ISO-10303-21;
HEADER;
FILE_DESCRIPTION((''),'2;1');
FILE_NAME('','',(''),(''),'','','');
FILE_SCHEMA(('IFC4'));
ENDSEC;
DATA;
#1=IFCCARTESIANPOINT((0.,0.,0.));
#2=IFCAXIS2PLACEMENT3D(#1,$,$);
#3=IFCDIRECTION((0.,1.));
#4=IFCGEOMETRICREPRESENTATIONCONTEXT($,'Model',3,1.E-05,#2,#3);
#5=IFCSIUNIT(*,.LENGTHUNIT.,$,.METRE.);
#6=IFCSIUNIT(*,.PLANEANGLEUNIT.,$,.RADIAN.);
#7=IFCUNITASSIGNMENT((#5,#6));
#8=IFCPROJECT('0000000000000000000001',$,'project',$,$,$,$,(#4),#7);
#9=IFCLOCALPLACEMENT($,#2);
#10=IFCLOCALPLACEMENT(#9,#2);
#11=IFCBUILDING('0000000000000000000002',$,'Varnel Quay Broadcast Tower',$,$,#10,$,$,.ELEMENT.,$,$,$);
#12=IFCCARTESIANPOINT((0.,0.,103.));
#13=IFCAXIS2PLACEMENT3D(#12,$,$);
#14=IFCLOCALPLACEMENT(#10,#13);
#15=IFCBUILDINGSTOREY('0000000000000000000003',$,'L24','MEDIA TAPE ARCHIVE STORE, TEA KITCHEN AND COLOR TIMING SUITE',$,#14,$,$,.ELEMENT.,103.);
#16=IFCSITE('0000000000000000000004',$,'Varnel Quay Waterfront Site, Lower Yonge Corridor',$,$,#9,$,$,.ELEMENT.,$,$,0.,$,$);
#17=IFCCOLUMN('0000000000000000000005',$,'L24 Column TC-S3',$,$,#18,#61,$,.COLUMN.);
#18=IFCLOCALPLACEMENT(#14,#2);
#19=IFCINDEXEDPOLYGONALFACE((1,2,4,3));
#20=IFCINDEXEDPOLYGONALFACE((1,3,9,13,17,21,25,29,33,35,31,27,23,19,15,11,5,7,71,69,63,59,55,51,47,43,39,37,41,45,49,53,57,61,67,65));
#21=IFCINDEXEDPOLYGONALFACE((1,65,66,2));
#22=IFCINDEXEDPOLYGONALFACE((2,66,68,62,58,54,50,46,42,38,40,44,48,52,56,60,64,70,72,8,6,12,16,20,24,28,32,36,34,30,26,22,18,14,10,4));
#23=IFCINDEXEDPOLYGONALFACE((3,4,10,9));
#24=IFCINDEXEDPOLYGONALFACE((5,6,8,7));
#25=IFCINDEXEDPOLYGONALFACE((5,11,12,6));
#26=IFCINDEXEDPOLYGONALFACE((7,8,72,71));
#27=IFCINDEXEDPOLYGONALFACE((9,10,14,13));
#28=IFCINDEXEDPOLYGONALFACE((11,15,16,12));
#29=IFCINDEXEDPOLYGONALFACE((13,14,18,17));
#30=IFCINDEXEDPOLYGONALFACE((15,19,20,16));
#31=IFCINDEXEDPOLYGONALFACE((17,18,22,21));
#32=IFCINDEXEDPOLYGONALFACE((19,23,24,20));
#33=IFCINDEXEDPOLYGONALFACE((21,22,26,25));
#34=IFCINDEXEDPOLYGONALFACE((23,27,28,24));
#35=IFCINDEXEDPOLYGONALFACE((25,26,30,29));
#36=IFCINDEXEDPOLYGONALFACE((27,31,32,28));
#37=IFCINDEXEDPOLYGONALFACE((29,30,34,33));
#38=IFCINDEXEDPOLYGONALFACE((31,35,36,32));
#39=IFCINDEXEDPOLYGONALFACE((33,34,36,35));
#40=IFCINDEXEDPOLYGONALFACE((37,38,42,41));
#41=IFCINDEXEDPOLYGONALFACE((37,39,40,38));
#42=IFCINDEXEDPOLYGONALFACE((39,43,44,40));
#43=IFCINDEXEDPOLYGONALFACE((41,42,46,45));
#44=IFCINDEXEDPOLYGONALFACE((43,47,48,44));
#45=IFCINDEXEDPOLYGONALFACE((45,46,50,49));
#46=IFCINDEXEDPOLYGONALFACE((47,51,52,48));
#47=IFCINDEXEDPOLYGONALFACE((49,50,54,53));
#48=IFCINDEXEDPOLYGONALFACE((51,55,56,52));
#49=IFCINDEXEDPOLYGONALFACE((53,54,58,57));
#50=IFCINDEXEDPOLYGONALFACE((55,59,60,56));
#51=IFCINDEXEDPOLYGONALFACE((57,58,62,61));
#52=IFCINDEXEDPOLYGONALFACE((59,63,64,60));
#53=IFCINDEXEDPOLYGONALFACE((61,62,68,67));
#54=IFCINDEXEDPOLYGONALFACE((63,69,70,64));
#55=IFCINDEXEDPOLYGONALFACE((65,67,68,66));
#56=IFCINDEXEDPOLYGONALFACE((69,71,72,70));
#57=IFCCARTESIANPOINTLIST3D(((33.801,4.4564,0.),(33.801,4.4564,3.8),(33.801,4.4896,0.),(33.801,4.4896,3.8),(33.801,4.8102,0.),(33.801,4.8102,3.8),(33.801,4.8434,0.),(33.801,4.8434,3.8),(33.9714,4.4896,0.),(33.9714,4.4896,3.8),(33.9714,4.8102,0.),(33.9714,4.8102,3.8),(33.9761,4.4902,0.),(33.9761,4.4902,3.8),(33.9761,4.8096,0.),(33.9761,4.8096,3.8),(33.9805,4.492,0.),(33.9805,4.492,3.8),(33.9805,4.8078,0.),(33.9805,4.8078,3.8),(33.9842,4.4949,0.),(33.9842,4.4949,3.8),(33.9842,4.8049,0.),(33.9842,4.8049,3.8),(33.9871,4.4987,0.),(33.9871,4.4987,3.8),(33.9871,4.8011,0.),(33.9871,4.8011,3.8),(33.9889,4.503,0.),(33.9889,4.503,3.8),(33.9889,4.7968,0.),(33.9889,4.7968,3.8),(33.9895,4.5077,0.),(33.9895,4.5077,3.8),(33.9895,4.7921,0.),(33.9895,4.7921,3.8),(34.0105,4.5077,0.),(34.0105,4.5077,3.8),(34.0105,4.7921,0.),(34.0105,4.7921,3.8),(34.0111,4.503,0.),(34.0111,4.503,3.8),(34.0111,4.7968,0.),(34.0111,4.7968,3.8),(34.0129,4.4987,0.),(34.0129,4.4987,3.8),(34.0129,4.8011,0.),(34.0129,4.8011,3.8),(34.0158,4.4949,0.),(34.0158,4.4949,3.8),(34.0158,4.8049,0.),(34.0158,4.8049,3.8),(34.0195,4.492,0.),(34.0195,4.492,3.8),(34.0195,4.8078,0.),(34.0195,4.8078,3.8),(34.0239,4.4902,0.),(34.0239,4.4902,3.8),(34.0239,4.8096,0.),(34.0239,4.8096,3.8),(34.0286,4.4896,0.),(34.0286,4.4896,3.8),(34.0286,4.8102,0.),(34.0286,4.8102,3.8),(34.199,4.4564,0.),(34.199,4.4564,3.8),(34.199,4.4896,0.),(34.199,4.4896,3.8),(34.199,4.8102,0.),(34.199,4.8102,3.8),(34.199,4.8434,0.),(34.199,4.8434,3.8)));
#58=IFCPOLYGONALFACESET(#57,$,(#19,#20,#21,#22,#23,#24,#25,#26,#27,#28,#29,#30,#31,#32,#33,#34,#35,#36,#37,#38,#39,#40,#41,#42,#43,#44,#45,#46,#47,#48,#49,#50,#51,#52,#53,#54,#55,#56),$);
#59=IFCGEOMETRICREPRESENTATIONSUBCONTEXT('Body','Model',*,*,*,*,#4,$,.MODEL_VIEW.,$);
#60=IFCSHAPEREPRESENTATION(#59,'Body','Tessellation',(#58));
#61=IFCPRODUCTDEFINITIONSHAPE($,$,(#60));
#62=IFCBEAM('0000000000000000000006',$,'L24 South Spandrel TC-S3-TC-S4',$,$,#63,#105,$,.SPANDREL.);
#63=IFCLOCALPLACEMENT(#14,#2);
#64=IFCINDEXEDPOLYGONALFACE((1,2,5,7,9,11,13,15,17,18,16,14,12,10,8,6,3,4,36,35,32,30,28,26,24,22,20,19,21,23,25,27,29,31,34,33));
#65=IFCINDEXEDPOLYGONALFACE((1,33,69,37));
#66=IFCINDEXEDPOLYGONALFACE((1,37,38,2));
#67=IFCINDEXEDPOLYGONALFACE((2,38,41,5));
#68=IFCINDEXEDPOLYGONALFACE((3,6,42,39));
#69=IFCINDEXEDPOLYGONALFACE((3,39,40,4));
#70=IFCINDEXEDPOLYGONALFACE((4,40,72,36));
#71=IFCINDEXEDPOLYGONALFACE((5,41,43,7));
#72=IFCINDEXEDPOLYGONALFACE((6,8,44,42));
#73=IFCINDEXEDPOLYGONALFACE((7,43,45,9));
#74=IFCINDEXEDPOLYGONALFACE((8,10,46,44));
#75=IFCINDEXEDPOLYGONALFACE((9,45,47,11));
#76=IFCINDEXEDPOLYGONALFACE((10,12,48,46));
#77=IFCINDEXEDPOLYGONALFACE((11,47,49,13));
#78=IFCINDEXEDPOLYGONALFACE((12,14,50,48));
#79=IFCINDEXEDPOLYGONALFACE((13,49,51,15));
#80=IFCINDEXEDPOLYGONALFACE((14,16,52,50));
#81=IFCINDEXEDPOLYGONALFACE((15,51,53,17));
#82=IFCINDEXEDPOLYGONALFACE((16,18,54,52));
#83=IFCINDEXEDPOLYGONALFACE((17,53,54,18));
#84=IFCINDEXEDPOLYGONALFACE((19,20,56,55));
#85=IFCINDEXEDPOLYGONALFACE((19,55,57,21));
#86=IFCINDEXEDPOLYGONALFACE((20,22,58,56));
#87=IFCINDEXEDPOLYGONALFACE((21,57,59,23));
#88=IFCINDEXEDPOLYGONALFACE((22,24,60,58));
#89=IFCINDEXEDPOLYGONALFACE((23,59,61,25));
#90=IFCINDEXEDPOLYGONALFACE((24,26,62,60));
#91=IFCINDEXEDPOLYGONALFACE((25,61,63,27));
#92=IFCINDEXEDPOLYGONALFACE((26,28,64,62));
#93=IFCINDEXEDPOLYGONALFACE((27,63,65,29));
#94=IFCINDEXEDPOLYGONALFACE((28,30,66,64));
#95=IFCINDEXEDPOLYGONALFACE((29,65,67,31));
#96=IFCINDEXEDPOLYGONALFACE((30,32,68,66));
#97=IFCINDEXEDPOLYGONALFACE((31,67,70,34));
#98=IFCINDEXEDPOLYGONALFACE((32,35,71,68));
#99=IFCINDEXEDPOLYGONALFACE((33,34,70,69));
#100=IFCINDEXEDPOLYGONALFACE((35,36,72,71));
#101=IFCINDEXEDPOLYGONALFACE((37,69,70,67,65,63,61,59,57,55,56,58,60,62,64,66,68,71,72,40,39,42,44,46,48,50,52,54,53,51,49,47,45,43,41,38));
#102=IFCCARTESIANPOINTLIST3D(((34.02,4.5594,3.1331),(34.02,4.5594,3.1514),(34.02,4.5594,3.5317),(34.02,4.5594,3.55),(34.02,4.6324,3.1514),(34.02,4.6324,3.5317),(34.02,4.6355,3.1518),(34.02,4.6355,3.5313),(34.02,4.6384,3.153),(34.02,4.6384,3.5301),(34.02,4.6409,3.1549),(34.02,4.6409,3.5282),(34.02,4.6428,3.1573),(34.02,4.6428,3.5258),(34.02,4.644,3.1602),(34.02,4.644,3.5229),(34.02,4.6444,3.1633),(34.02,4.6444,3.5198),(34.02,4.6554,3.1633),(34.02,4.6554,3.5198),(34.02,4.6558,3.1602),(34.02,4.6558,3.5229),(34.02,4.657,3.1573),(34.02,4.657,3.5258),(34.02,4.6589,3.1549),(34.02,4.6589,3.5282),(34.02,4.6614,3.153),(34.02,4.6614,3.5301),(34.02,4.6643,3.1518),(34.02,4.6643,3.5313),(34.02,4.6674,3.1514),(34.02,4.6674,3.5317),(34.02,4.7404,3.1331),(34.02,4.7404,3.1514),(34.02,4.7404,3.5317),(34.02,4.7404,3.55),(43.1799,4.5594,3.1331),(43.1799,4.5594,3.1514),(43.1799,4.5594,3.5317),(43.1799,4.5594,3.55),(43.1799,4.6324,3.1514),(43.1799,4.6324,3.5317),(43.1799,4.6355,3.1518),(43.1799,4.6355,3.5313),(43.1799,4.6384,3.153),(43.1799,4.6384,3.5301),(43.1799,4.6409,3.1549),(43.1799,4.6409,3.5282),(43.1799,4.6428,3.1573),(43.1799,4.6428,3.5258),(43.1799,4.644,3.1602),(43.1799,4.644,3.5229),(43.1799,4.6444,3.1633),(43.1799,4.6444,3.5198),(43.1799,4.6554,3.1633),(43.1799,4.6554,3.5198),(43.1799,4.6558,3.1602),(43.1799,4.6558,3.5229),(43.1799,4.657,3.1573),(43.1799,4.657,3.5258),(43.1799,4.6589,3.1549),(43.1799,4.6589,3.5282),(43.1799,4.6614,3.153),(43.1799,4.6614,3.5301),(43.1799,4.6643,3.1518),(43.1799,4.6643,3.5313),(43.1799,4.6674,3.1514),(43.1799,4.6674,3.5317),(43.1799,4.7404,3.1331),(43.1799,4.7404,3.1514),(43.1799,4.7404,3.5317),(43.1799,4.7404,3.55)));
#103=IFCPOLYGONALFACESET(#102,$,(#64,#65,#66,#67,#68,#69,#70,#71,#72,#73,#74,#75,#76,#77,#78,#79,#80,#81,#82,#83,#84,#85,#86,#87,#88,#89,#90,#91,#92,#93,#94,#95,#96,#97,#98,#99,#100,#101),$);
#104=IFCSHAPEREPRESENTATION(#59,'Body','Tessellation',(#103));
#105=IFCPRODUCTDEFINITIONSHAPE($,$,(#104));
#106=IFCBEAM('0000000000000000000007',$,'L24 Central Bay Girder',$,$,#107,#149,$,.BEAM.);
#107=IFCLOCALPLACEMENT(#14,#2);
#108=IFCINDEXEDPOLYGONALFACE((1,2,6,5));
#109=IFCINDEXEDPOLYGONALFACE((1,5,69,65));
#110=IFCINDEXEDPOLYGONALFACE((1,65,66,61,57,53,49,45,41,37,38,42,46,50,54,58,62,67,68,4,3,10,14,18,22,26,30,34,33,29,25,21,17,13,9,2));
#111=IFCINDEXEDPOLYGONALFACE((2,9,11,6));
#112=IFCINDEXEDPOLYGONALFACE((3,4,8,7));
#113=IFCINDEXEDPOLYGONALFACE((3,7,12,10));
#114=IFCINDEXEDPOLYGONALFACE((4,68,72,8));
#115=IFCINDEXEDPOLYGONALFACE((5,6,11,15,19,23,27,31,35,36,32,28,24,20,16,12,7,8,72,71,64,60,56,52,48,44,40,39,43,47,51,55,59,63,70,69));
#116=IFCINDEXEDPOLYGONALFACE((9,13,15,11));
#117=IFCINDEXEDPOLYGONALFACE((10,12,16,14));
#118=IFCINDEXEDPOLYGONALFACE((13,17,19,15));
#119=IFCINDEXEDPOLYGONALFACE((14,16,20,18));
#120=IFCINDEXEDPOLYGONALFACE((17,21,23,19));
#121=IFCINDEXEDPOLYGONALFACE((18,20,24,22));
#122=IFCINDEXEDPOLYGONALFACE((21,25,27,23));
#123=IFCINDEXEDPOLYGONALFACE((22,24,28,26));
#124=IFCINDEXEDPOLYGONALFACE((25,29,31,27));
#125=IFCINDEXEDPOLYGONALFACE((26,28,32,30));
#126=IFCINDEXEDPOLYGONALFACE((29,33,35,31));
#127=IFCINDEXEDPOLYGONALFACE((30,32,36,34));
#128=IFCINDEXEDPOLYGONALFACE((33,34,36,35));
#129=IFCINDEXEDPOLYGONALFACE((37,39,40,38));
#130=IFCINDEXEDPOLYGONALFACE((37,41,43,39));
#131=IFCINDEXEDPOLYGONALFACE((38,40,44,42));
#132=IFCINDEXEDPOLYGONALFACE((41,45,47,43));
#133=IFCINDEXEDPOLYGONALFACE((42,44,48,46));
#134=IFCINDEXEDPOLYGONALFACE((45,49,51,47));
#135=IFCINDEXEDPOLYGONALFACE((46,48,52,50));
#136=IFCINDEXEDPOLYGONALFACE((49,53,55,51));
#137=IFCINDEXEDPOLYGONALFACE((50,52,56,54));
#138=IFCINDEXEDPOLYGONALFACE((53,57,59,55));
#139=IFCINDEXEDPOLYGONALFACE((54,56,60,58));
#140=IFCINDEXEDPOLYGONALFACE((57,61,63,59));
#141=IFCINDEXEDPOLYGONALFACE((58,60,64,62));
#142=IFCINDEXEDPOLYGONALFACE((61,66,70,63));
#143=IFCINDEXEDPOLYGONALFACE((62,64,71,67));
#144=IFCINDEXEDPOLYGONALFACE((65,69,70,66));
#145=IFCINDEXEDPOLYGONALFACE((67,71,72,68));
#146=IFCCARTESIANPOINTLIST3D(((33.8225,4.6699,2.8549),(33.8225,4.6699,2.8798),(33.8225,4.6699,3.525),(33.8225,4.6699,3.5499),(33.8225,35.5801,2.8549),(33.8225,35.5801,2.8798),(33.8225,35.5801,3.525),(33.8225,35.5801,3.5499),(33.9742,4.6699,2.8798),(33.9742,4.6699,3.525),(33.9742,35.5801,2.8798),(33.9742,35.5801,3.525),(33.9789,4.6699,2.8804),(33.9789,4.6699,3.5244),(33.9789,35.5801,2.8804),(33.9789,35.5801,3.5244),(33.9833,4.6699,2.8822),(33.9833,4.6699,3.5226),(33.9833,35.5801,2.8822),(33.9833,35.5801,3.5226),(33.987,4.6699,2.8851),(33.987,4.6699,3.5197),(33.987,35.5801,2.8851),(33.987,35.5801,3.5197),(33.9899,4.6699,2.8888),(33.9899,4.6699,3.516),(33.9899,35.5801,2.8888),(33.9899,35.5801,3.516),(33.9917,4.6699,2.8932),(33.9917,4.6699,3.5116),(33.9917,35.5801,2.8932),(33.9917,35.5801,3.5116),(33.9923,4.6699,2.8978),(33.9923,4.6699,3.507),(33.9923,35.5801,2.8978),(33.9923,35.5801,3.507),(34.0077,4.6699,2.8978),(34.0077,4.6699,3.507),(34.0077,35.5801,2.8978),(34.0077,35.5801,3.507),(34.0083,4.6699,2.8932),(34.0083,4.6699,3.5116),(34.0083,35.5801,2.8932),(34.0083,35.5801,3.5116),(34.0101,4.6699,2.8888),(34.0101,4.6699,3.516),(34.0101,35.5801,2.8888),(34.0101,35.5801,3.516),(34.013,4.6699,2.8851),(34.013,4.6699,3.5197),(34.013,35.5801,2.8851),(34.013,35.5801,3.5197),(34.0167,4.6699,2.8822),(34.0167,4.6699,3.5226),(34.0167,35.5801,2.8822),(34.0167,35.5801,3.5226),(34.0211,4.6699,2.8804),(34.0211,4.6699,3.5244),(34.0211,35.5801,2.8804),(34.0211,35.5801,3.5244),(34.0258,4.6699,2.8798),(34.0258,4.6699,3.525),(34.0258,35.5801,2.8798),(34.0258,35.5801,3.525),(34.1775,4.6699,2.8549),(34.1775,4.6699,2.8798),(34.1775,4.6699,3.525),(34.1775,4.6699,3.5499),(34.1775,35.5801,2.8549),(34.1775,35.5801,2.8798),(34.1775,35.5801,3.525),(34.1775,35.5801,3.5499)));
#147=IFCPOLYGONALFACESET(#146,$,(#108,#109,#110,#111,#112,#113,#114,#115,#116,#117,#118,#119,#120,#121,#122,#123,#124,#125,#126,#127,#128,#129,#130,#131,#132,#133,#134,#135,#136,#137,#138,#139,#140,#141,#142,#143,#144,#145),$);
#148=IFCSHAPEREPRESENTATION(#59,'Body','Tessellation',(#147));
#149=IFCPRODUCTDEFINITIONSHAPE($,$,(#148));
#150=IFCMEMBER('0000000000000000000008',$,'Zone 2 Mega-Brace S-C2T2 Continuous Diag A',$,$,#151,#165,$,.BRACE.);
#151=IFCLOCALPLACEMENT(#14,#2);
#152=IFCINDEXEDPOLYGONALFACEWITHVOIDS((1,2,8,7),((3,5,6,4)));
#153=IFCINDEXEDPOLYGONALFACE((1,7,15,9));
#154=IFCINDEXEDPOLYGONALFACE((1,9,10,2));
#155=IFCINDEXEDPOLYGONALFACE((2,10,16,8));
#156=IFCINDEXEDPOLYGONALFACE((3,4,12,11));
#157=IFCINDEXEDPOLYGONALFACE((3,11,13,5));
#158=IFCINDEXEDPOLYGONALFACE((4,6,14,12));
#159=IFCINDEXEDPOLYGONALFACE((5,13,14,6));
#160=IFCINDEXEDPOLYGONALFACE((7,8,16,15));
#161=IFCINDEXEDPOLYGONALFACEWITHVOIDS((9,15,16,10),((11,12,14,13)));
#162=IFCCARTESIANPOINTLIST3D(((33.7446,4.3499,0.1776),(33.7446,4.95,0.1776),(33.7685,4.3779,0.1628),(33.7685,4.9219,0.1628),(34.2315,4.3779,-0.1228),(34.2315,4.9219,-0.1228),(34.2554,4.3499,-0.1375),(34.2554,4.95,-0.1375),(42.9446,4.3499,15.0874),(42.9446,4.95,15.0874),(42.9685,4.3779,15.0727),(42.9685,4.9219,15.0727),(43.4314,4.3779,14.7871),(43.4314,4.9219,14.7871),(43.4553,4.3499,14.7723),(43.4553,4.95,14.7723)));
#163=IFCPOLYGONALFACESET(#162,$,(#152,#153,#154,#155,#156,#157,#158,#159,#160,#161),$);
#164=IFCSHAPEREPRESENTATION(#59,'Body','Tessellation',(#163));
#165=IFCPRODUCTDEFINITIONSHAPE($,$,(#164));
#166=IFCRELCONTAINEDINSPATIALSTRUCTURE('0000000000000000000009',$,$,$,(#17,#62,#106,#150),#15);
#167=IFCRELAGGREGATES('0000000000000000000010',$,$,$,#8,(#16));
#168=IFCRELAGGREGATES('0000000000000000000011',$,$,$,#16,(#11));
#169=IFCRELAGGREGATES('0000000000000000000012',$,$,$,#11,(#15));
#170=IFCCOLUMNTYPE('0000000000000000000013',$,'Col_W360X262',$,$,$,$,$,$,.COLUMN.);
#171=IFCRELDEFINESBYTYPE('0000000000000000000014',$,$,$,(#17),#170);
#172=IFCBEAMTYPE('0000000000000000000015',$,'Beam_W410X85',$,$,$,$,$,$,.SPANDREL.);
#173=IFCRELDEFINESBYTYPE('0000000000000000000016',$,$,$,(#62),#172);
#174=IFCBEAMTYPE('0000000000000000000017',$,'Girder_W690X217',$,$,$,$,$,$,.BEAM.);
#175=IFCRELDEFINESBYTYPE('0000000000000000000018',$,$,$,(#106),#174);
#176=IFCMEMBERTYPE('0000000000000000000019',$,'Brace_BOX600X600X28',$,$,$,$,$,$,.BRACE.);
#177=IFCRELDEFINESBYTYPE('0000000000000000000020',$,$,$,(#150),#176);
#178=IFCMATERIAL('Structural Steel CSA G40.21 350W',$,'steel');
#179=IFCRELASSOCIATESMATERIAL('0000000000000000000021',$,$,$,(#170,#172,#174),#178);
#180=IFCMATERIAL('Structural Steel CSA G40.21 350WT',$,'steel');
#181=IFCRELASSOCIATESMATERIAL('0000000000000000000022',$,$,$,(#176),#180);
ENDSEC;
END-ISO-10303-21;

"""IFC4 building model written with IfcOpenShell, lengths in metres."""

from ifc_helpers import new_model, si_unit, direction, frame, origin, origin_2d, place, context, subcontext, project, spatial, hollow_rectangle, i_section, extrude, source, transform, mapped, material, material_profile, profile_set, type_object, type_shapes, element, save


model = new_model("IFC4")

# Units and contexts
model_context = context("Model", 3, precision=1e-05, world=origin(), true_north=direction((0.0, 1.0)))
body_context = subcontext(model_context, "Body", "Model", "MODEL_VIEW")
ifc_project = project(units=[si_unit("LENGTHUNIT", "METRE"), si_unit("PLANEANGLEUNIT", "RADIAN")], contexts=[model_context])

# Site, building, storey
site_placement = place(None, origin())
site = spatial("IfcSite", under=ifc_project, at=site_placement, Name="Varnel Quay Waterfront Site, Lower Yonge Corridor", CompositionType="ELEMENT", RefElevation=0.0)
building_placement = place(site_placement, origin())
building = spatial("IfcBuilding", under=site, at=building_placement, Name="Varnel Quay Broadcast Tower", CompositionType="ELEMENT")
storey_placement = place(building_placement, frame((0.0, 0.0, 103.0)))
storey = spatial("IfcBuildingStorey", under=building, at=storey_placement, Name="L24", Description="MEDIA TAPE ARCHIVE STORE, TEA KITCHEN AND COLOR TIMING SUITE", CompositionType="ELEMENT", Elevation=103.0)

# Column
ifc_material_1 = material(Name="Structural Steel CSA G40.21 350W", Category="steel")
ifc_material_profile_1 = material_profile(ifc_material_1, i_section(OverallWidth=0.3979, OverallDepth=0.387, WebThickness=0.021, FlangeThickness=0.0332, FilletRadius=0.0181, at=origin_2d()), Name="W360X262")
ifc_profile_set_1 = profile_set([ifc_material_profile_1], Name="Structural Steel CSA G40.21 350W")
column_type = type_object("IfcColumnType", Name="Col_W360X262", PredefinedType="COLUMN", material=ifc_profile_set_1)
shared_shape_1 = source(origin(), body_context, "Body", "SweptSolid", [
    extrude(i_section(OverallWidth=0.3979, OverallDepth=0.387, WebThickness=0.021, FlangeThickness=0.0332, FilletRadius=0.0181, at=origin_2d()), origin(), (0.0, 0.0, 1.0), 3.8),
])
type_shapes(column_type, [shared_shape_1])
column_placement = place(storey_placement, frame((34.0, 4.6499, 0.0), z_axis=(0.0, 0.0, 1.0), x_axis=(1.0, 0.0, 0.0)))
element("IfcColumn", 1, at=column_placement, inside=storey, type_object=column_type, Name="L24 Column TC-S3", PredefinedType="COLUMN", context=body_context, shape_type="MappedRepresentation", body=[
    mapped(shared_shape_1, transform((0.0, 0.0, 0.0), x_axis=(1.0, 0.0, 0.0), y_axis=(0.0, 1.0, 0.0), z_axis=(0.0, 0.0, 1.0), scale=1.0)),
])

# Beams
ifc_material_profile_2 = material_profile(ifc_material_1, i_section(OverallWidth=0.1809, OverallDepth=0.417, WebThickness=0.011, FlangeThickness=0.0183, FilletRadius=0.012, at=origin_2d()), Name="W410X85")
ifc_profile_set_2 = profile_set([ifc_material_profile_2], Name="Structural Steel CSA G40.21 350W")
beam_type_1 = type_object("IfcBeamType", Name="Beam_W410X85", PredefinedType="SPANDREL", material=ifc_profile_set_2)
shared_shape_2 = source(origin(), body_context, "Body", "SweptSolid", [
    extrude(i_section(OverallWidth=0.1809, OverallDepth=0.417, WebThickness=0.011, FlangeThickness=0.0183, FilletRadius=0.012, at=origin_2d()), origin(), (0.0, 0.0, 1.0), 9.1599),
])
type_shapes(beam_type_1, [shared_shape_2])
beam_1_placement = place(storey_placement, frame((34.02, 4.6499, 3.3416), z_axis=(1.0, 0.0, 0.0), x_axis=(0.0, 1.0, 0.0)))
element("IfcBeam", 2, at=beam_1_placement, inside=storey, type_object=beam_type_1, Name="L24 South Spandrel TC-S3-TC-S4", PredefinedType="SPANDREL", context=body_context, shape_type="MappedRepresentation", body=[
    mapped(shared_shape_2, transform((0.0, 0.0, 0.0), x_axis=(1.0, 0.0, 0.0), y_axis=(0.0, 1.0, 0.0), z_axis=(0.0, 0.0, 1.0), scale=1.0)),
])
ifc_material_profile_3 = material_profile(ifc_material_1, i_section(OverallWidth=0.355, OverallDepth=0.6951, WebThickness=0.0154, FlangeThickness=0.0249, FilletRadius=0.0181, at=origin_2d()), Name="W690X217")
ifc_profile_set_3 = profile_set([ifc_material_profile_3], Name="Structural Steel CSA G40.21 350W")
beam_type_2 = type_object("IfcBeamType", Name="Girder_W690X217", PredefinedType="BEAM", material=ifc_profile_set_3)
shared_shape_3 = source(origin(), body_context, "Body", "SweptSolid", [
    extrude(i_section(OverallWidth=0.355, OverallDepth=0.6951, WebThickness=0.0154, FlangeThickness=0.0249, FilletRadius=0.0181, at=origin_2d()), origin(), (0.0, 0.0, 1.0), 30.9102),
])
type_shapes(beam_type_2, [shared_shape_3])
beam_2_placement = place(storey_placement, frame((34.0, 4.6699, 3.2024), z_axis=(0.0, 1.0, 0.0), x_axis=(-1.0, 0.0, 0.0)))
element("IfcBeam", 3, at=beam_2_placement, inside=storey, type_object=beam_type_2, Name="L24 Central Bay Girder", PredefinedType="BEAM", context=body_context, shape_type="MappedRepresentation", body=[
    mapped(shared_shape_3, transform((0.0, 0.0, 0.0), x_axis=(1.0, 0.0, 0.0), y_axis=(0.0, 1.0, 0.0), z_axis=(0.0, 0.0, 1.0), scale=1.0)),
])

# Member
ifc_material_2 = material(Name="Structural Steel CSA G40.21 350WT", Category="steel")
ifc_material_profile_4 = material_profile(ifc_material_2, hollow_rectangle(XDim=0.6001, YDim=0.6001, WallThickness=0.0281, at=origin_2d()), Name="BOX600X600X28")
ifc_profile_set_4 = profile_set([ifc_material_profile_4], Name="Structural Steel CSA G40.21 350WT")
member_type_1 = type_object("IfcMemberType", Name="Brace_BOX600X600X28", PredefinedType="BRACE", material=ifc_profile_set_4)
shared_shape_4 = source(origin(), body_context, "Body", "SweptSolid", [
    extrude(hollow_rectangle(XDim=0.6001, YDim=0.6001, WallThickness=0.0281, at=origin_2d()), origin(), (0.0, 0.0, 1.0), 17.5198),
])
member_1_placement = place(storey_placement, frame((34.0, 4.6499, 0.02), z_axis=(0.525116, 0.0, 0.85103), x_axis=(0.0, 1.0, 0.0)))
element("IfcMember", 4, at=member_1_placement, inside=storey, type_object=member_type_1, Name="Zone 2 Mega-Brace S-C2T2 Continuous Diag A", PredefinedType="BRACE", context=body_context, shape_type="MappedRepresentation", body=[
    mapped(shared_shape_4, transform((0.0, 0.0, 0.0), x_axis=(1.0, 0.0, 0.0), y_axis=(0.0, 1.0, 0.0), z_axis=(0.0, 0.0, 1.0), scale=1.0)),
])

save(model, "model.ifc")
